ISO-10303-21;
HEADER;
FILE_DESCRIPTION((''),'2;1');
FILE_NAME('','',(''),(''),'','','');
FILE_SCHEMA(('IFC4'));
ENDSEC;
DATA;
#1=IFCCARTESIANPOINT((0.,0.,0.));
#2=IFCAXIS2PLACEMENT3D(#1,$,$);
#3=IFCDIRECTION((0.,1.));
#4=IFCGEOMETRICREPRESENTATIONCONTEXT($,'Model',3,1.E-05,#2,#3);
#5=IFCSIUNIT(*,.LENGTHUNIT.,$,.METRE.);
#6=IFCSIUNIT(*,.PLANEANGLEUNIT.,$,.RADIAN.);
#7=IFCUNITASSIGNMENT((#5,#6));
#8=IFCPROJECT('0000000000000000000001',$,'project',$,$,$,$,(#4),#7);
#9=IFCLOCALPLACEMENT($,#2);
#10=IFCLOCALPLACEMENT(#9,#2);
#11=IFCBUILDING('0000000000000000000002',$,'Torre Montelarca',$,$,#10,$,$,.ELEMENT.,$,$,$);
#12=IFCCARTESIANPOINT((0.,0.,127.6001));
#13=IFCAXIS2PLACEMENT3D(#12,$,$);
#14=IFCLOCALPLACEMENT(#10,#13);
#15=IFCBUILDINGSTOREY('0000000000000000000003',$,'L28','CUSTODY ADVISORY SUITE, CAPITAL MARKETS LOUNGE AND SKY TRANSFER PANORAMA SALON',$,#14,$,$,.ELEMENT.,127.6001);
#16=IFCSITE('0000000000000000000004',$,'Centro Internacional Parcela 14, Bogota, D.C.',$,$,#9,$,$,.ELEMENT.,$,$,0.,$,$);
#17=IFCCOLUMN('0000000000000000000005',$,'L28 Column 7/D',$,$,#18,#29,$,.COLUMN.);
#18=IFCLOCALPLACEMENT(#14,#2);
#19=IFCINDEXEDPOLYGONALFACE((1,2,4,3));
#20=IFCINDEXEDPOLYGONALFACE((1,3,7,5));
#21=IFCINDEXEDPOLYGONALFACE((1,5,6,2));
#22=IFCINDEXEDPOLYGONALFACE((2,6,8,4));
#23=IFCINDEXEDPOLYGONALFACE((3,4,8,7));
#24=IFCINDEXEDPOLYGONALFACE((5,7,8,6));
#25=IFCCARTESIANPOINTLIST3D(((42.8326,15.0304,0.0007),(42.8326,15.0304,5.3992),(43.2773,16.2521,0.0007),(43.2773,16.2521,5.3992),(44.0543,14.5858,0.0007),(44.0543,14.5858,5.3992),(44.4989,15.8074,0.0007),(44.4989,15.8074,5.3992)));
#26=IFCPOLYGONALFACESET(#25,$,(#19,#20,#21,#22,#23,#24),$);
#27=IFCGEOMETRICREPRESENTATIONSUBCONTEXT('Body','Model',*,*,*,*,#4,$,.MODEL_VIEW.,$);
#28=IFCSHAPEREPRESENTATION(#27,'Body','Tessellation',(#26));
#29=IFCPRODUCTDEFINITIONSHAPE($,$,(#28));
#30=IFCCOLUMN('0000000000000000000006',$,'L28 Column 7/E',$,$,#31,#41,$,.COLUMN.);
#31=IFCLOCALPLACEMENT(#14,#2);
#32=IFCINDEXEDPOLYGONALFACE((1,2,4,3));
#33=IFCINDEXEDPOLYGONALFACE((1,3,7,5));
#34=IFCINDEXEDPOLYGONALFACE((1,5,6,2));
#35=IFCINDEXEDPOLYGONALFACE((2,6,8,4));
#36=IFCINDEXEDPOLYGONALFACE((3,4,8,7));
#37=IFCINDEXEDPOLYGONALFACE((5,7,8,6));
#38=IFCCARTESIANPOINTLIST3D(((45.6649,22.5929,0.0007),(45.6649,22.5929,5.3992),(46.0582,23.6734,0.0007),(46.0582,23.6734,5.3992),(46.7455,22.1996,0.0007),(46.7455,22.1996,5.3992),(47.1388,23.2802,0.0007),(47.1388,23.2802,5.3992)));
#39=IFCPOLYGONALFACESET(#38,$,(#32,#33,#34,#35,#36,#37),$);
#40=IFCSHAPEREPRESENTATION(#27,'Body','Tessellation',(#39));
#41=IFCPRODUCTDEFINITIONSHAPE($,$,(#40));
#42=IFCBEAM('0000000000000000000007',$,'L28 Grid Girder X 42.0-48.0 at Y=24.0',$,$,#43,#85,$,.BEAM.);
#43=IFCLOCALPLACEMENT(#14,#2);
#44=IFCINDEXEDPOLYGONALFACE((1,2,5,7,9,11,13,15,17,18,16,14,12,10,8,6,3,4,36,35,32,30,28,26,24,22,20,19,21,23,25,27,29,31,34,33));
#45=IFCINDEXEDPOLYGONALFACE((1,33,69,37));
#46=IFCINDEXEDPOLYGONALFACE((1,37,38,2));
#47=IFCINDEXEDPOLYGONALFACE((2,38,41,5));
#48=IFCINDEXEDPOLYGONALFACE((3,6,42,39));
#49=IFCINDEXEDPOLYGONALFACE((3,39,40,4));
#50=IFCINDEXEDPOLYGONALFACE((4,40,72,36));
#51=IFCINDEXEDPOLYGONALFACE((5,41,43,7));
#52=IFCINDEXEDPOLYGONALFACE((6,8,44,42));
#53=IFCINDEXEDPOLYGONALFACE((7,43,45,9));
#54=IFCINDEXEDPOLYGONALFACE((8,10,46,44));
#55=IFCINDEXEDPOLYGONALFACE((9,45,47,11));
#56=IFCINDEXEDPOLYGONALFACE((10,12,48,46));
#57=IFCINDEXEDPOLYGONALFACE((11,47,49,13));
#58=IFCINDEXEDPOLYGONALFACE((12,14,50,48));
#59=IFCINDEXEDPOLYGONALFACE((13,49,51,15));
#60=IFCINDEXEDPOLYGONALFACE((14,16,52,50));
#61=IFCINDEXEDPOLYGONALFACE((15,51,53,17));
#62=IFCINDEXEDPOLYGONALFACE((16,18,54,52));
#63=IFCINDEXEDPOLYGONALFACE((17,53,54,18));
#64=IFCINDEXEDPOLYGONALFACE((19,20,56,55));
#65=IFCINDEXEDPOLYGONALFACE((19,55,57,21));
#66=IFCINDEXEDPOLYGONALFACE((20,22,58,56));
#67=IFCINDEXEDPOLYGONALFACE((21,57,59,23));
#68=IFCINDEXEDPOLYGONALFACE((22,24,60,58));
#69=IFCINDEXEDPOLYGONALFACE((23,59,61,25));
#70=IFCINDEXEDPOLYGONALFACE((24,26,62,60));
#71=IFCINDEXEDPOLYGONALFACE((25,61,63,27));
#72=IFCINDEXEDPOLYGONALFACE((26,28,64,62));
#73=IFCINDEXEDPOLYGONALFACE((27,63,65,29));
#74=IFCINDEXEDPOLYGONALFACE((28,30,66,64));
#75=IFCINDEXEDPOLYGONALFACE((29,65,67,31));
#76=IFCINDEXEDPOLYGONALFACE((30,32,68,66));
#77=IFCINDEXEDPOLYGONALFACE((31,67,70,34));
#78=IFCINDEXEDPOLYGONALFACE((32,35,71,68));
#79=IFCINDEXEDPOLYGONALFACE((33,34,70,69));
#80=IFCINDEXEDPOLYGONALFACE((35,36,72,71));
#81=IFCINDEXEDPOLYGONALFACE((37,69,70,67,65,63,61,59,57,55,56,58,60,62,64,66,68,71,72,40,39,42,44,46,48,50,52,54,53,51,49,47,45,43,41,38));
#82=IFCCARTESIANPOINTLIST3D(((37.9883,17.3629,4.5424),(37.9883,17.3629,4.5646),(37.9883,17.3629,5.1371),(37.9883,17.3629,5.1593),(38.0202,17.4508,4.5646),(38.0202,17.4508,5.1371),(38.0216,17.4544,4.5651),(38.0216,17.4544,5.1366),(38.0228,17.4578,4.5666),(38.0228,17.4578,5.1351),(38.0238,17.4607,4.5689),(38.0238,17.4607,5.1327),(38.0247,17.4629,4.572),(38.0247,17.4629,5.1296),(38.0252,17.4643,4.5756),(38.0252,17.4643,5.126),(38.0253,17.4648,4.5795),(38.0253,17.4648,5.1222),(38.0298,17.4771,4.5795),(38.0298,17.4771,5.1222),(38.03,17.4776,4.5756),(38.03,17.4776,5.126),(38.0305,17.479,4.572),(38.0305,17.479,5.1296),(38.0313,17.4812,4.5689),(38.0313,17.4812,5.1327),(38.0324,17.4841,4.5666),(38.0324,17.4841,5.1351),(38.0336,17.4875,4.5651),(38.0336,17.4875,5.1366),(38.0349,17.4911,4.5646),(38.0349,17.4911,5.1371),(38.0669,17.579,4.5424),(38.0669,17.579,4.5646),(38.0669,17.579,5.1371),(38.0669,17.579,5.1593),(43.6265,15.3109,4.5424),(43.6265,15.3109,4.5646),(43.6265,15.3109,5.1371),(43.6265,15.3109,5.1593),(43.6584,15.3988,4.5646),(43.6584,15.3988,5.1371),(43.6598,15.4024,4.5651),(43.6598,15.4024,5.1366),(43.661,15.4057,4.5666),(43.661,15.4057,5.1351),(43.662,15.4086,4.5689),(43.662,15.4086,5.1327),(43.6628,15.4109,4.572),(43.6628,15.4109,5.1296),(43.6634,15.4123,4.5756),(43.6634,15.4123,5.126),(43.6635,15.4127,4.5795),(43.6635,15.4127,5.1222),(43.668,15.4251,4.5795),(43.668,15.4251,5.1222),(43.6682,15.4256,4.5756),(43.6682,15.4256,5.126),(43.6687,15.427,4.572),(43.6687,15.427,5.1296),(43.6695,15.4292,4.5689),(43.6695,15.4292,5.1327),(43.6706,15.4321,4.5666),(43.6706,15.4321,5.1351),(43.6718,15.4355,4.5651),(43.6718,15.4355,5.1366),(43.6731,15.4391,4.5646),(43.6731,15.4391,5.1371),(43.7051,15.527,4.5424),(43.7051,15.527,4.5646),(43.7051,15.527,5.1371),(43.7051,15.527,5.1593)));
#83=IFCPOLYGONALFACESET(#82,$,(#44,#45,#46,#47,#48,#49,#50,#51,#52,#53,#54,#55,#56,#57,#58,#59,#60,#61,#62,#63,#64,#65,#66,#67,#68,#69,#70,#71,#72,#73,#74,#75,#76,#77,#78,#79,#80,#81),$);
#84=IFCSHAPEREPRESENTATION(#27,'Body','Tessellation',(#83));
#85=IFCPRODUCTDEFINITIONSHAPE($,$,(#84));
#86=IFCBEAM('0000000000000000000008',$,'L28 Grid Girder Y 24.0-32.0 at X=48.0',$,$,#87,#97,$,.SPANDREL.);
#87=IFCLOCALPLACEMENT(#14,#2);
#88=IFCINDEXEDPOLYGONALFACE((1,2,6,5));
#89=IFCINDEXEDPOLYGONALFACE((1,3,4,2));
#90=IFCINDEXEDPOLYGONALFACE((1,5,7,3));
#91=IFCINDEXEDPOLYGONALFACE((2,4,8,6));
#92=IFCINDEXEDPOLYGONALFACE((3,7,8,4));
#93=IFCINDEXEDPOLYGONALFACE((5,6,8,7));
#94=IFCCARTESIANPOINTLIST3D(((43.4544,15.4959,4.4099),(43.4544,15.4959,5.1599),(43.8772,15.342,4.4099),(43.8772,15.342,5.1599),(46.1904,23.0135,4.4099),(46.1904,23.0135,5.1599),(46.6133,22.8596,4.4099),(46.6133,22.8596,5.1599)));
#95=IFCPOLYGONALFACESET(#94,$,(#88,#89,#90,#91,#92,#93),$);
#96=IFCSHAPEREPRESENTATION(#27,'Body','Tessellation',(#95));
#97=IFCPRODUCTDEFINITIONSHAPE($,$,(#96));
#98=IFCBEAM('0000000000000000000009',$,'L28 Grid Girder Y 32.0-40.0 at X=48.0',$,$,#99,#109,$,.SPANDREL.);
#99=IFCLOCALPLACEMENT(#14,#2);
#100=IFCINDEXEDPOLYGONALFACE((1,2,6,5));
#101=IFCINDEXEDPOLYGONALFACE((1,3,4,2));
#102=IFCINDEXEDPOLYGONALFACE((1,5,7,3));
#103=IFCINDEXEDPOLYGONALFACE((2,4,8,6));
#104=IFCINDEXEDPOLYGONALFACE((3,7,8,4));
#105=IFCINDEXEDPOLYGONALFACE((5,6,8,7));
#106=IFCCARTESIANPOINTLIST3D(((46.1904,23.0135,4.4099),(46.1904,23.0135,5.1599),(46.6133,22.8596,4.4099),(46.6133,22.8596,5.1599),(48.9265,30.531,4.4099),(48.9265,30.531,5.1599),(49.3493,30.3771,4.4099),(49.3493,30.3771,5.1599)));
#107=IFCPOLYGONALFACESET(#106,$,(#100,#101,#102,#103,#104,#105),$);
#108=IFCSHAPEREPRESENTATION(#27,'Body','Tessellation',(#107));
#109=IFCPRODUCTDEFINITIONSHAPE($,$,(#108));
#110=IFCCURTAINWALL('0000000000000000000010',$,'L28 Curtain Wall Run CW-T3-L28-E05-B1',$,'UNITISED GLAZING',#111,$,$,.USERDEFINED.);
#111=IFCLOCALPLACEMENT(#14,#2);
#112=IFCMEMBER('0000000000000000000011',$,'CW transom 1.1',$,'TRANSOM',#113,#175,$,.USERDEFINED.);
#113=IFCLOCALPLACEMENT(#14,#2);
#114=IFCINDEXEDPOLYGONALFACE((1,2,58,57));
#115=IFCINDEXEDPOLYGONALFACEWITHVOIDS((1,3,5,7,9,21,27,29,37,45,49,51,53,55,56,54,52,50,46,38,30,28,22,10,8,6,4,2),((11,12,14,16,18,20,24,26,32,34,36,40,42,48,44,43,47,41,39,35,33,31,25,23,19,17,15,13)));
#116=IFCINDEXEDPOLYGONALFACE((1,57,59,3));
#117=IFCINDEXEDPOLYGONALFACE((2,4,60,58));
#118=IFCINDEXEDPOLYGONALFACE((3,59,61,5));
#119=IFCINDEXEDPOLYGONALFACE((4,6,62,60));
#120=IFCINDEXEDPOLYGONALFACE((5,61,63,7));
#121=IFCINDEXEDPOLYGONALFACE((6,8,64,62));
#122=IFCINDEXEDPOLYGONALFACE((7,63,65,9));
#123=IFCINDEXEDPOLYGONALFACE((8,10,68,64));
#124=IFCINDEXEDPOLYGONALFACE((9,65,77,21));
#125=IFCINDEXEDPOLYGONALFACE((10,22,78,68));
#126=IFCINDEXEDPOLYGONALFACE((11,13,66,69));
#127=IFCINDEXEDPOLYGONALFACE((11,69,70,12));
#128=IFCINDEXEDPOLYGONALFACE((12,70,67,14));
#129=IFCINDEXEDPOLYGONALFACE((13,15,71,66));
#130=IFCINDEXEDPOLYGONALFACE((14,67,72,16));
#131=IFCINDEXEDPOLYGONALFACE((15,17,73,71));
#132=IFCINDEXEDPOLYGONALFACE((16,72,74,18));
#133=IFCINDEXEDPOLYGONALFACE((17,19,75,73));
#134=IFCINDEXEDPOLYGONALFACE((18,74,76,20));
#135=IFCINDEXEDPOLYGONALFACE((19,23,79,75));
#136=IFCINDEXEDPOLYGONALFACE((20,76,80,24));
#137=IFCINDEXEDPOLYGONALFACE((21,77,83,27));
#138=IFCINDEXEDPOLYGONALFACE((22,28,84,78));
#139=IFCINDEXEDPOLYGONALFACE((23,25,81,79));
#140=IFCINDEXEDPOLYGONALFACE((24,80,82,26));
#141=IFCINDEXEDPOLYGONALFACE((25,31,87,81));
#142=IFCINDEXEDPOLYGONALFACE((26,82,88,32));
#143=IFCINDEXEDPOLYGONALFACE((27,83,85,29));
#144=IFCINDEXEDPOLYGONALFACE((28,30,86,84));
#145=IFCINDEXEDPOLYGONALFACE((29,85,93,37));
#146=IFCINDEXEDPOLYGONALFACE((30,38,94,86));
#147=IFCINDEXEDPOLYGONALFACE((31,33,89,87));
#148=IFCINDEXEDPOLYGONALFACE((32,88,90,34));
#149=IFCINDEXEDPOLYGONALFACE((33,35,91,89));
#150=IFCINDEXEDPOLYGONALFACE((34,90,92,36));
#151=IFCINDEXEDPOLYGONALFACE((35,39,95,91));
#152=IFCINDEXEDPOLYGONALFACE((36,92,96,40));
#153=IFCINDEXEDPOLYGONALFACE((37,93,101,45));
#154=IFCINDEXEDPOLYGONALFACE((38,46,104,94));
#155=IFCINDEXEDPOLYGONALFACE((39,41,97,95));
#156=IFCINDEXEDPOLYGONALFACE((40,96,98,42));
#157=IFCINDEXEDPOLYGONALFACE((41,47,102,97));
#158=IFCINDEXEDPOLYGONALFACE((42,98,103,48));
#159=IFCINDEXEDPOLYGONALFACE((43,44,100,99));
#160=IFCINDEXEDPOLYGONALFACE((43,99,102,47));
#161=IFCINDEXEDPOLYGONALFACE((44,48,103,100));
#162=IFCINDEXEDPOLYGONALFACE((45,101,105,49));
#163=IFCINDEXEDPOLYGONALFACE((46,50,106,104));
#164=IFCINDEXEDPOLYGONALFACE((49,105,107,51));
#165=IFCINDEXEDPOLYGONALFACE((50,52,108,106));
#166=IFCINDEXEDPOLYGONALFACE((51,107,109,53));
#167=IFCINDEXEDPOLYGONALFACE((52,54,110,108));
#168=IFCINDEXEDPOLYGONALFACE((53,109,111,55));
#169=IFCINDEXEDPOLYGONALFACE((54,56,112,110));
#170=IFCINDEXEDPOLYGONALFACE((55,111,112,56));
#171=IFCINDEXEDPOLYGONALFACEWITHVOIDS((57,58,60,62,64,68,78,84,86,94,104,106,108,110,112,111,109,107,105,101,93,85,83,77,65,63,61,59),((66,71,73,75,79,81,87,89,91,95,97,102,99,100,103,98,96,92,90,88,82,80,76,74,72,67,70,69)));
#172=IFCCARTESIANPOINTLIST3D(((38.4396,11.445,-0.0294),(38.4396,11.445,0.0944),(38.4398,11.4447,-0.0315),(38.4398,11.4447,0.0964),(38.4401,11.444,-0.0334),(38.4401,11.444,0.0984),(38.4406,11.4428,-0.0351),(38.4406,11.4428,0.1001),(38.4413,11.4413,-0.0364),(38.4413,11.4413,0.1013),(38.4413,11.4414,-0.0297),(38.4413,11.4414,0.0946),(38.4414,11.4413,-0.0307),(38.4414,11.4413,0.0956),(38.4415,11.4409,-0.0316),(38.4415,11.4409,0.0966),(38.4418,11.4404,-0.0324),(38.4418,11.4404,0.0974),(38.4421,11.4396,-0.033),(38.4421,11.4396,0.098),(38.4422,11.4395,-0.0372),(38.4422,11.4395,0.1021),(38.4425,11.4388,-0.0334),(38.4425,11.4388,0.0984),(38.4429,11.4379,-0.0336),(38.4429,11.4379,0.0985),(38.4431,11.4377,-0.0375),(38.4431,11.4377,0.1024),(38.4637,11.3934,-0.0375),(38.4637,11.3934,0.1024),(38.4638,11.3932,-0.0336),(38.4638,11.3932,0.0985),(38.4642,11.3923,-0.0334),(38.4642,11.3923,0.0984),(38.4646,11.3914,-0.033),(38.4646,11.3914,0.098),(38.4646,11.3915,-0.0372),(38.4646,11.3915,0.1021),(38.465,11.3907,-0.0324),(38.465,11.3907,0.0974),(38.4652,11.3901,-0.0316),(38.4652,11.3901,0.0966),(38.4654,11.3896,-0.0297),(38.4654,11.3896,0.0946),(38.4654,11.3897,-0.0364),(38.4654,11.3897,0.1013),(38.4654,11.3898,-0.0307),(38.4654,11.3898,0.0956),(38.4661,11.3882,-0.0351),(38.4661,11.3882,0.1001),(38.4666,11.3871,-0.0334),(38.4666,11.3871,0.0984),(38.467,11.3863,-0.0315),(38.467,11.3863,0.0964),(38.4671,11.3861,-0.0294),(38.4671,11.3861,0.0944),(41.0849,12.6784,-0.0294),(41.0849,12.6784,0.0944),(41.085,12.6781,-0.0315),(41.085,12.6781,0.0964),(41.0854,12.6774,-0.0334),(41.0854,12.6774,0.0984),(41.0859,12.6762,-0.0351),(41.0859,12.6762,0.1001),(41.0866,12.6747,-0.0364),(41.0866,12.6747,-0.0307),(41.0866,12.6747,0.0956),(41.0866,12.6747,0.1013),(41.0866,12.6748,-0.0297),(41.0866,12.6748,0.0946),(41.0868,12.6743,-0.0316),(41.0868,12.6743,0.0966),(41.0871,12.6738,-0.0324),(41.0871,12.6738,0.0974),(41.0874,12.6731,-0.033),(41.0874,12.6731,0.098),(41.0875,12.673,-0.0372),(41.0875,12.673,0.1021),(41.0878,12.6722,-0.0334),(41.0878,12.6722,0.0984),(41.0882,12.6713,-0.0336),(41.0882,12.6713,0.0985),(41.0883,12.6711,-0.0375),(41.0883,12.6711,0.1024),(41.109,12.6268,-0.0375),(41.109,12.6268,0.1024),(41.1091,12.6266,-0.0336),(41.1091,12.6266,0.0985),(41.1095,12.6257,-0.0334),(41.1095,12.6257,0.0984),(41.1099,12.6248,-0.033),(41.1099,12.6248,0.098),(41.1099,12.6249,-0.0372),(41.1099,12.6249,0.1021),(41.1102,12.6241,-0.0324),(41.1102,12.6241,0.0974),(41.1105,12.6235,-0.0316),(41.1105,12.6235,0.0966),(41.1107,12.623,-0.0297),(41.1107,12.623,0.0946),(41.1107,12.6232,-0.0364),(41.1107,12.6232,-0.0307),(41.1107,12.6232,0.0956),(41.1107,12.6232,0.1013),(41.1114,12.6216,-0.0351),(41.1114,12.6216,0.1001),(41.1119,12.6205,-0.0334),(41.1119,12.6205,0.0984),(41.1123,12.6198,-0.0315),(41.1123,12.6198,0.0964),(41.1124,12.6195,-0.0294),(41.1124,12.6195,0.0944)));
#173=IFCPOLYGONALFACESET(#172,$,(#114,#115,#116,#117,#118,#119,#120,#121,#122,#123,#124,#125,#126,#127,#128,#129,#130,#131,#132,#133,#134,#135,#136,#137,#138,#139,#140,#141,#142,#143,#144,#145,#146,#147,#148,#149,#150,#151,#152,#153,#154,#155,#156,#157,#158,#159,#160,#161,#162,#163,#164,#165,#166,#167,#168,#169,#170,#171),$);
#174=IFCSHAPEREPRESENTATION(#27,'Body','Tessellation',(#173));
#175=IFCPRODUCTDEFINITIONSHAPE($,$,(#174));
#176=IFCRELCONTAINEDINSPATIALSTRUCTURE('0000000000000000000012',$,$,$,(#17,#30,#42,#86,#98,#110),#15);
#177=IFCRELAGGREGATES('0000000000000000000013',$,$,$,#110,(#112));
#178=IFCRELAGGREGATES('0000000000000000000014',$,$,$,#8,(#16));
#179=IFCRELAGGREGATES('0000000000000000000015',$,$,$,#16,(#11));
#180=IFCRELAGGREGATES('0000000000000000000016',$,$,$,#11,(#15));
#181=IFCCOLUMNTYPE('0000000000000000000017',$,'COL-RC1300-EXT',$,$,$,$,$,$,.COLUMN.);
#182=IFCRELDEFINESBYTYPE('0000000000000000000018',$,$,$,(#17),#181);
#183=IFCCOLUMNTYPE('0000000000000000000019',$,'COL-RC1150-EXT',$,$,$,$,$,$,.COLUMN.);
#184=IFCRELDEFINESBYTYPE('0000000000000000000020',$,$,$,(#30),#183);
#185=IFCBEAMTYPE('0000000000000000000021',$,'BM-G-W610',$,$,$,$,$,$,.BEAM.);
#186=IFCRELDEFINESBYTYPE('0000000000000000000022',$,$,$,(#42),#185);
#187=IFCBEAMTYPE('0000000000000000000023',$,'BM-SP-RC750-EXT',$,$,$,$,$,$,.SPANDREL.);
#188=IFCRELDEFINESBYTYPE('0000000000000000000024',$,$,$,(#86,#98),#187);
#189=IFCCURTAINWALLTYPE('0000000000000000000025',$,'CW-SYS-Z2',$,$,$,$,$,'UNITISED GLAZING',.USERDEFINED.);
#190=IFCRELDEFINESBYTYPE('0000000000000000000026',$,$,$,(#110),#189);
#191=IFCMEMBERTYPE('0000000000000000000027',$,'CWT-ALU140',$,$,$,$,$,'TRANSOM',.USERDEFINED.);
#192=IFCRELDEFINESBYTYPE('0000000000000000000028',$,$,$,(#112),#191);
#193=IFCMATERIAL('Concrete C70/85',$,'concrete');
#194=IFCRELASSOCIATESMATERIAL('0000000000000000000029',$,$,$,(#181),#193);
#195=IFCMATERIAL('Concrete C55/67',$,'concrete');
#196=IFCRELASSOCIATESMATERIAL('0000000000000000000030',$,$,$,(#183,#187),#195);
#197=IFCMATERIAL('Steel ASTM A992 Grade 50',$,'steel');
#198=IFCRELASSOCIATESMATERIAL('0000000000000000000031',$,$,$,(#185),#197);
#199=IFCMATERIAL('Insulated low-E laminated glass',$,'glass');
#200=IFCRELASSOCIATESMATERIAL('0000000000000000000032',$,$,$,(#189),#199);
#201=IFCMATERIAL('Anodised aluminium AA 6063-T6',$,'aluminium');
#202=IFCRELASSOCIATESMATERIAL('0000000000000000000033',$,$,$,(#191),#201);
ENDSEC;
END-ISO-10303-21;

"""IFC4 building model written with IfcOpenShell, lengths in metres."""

from ifc_helpers import new_model, si_unit, direction, frame, origin, origin_2d, place, context, subcontext, project, spatial, rectangle, hollow_rectangle, i_section, extrude, source, transform, mapped, material, material_profile, profile_set, type_object, element, aggregate, save


model = new_model("IFC4")

# Units and contexts
model_context = context("Model", 3, precision=1e-05, world=origin(), true_north=direction((0.0, 1.0)))
body_context = subcontext(model_context, "Body", "Model", "MODEL_VIEW")
ifc_project = project(units=[si_unit("LENGTHUNIT", "METRE"), si_unit("PLANEANGLEUNIT", "RADIAN")], contexts=[model_context])

# Site, building, storey
site_placement = place(None, origin())
site = spatial("IfcSite", under=ifc_project, at=site_placement, Name="Centro Internacional Parcela 14, Bogota, D.C.", CompositionType="ELEMENT", RefElevation=0.0)
building_placement = place(site_placement, origin())
building = spatial("IfcBuilding", under=site, at=building_placement, Name="Torre Montelarca", CompositionType="ELEMENT")
storey_placement = place(building_placement, frame((0.0, 0.0, 127.6001)))
storey = spatial("IfcBuildingStorey", under=building, at=storey_placement, Name="L28", Description="CUSTODY ADVISORY SUITE, CAPITAL MARKETS LOUNGE AND SKY TRANSFER PANORAMA SALON", CompositionType="ELEMENT", Elevation=127.6001)

# Columns
ifc_material_1 = material(Name="Concrete C70/85", Category="concrete")
ifc_material_profile_1 = material_profile(ifc_material_1, rectangle(XDim=1.3, YDim=1.3, at=origin_2d()), Name="RC1300X1300", Category="concrete")
ifc_profile_set_1 = profile_set([ifc_material_profile_1], Name="Concrete C70/85")
column_type_1 = type_object("IfcColumnType", Name="COL-RC1300-EXT", PredefinedType="COLUMN", material=ifc_profile_set_1)
shared_shape_1 = source(origin(), body_context, "Body", "SweptSolid", [
    extrude(rectangle(XDim=1.3, YDim=1.3, at=origin_2d()), origin(), (0.0, 0.0, 1.0), 5.3984),
])
column_1_placement = place(storey_placement, frame((43.6658, 15.4189, 0.0007), z_axis=(0.0, 0.0, 1.0), x_axis=(-0.939693, 0.34202, 0.0)))
element("IfcColumn", 1, at=column_1_placement, inside=storey, type_object=column_type_1, Name="L28 Column 7/D", PredefinedType="COLUMN", context=body_context, shape_type="MappedRepresentation", body=[
    mapped(shared_shape_1, transform((0.0, 0.0, 0.0), scale=1.0)),
])
ifc_material_2 = material(Name="Concrete C55/67", Category="concrete")
ifc_material_profile_2 = material_profile(ifc_material_2, rectangle(XDim=1.1499, YDim=1.1499, at=origin_2d()), Name="RC1150X1150", Category="concrete")
ifc_profile_set_2 = profile_set([ifc_material_profile_2], Name="Concrete C55/67")
column_type_2 = type_object("IfcColumnType", Name="COL-RC1150-EXT", PredefinedType="COLUMN", material=ifc_profile_set_2)
shared_shape_2 = source(origin(), body_context, "Body", "SweptSolid", [
    extrude(rectangle(XDim=1.1499, YDim=1.1499, at=origin_2d()), origin(), (0.0, 0.0, 1.0), 5.3984),
])
column_2_placement = place(storey_placement, frame((46.4019, 22.9365, 0.0007), z_axis=(0.0, 0.0, 1.0), x_axis=(-0.939693, 0.34202, 0.0)))
element("IfcColumn", 2, at=column_2_placement, inside=storey, type_object=column_type_2, Name="L28 Column 7/E", PredefinedType="COLUMN", context=body_context, shape_type="MappedRepresentation", body=[
    mapped(shared_shape_2, transform((0.0, 0.0, 0.0), scale=1.0)),
])

# Beams
ifc_material_3 = material(Name="Steel ASTM A992 Grade 50", Category="steel")
ifc_material_profile_3 = material_profile(ifc_material_3, i_section(OverallWidth=0.23, OverallDepth=0.6169, WebThickness=0.0132, FlangeThickness=0.0222, FilletRadius=0.0149, at=origin_2d()), Name="W610X140", Category="steel")
ifc_profile_set_3 = profile_set([ifc_material_profile_3], Name="Steel ASTM A992 Grade 50")
beam_type_1 = type_object("IfcBeamType", Name="BM-G-W610", PredefinedType="BEAM", material=ifc_profile_set_3)
shared_shape_3 = source(origin(), body_context, "Body", "SweptSolid", [
    extrude(i_section(OverallWidth=0.23, OverallDepth=0.6169, WebThickness=0.0132, FlangeThickness=0.0222, FilletRadius=0.0149, at=origin_2d()), origin(), (0.0, 0.0, 1.0), 6.0),
])
beam_placement = place(storey_placement, frame((38.0276, 17.4709, 4.8508), z_axis=(0.9397, -0.342001, 0.0), x_axis=(0.342001, 0.9397, 0.0)))
element("IfcBeam", 3, at=beam_placement, inside=storey, type_object=beam_type_1, Name="L28 Grid Girder X 42.0-48.0 at Y=24.0", PredefinedType="BEAM", context=body_context, shape_type="MappedRepresentation", body=[
    mapped(shared_shape_3, transform((0.0, 0.0, 0.0), scale=1.0)),
])
ifc_material_profile_4 = material_profile(ifc_material_2, rectangle(XDim=0.45, YDim=0.75, at=origin_2d()), Name="RCB450X750", Category="concrete")
ifc_profile_set_4 = profile_set([ifc_material_profile_4], Name="Concrete C55/67")
beam_type_2 = type_object("IfcBeamType", Name="BM-SP-RC750-EXT", PredefinedType="SPANDREL", material=ifc_profile_set_4)
shared_shape_4 = source(origin(), body_context, "Body", "SweptSolid", [
    extrude(rectangle(XDim=0.45, YDim=0.75, at=origin_2d()), origin(), (0.0, 0.0, 1.0), 8.0),
])
for number, where, z_axis, x_axis, name in (
    (4, (43.6658, 15.4189, 4.7849), (0.34201, 0.939696, 0.0), (-0.939696, 0.34201, 0.0), "L28 Grid Girder Y 24.0-32.0 at X=48.0"),
    (5, (46.4019, 22.9365, 4.7849), (0.34201, 0.939696, 0.0), (-0.939696, 0.34201, 0.0), "L28 Grid Girder Y 32.0-40.0 at X=48.0"),
):
    element("IfcBeam", number, at=place(storey_placement, frame(where, z_axis=z_axis, x_axis=x_axis)), inside=storey, type_object=beam_type_2, Name=name, PredefinedType="SPANDREL", context=body_context, shape_type="MappedRepresentation", body=[
        mapped(shared_shape_4, transform((0.0, 0.0, 0.0), scale=1.0)),
    ])

# Curtain wall, member
ifc_material_4 = material(Name="Insulated low-E laminated glass", Category="glass")
curtain_wall_type = type_object("IfcCurtainWallType", Name="CW-SYS-Z2", ElementType="UNITISED GLAZING", PredefinedType="USERDEFINED", material=ifc_material_4)
curtain_wall_1_placement = place(storey_placement, origin())
curtain_wall_1 = element("IfcCurtainWall", 6, at=curtain_wall_1_placement, inside=storey, type_object=curtain_wall_type, Name="L28 Curtain Wall Run CW-T3-L28-E05-B1", ObjectType="UNITISED GLAZING", PredefinedType="USERDEFINED")
ifc_material_5 = material(Name="Anodised aluminium AA 6063-T6", Category="aluminium")
ifc_material_profile_5 = material_profile(ifc_material_5, hollow_rectangle(XDim=0.0649, YDim=0.1399, WallThickness=0.0039, InnerFilletRadius=0.0039, OuterFilletRadius=0.0081, at=origin_2d()), Name="ALU65X140X4", Category="aluminium")
ifc_profile_set_5 = profile_set([ifc_material_profile_5], Name="Anodised aluminium AA 6063-T6")
member_type_1 = type_object("IfcMemberType", Name="CWT-ALU140", ElementType="TRANSOM", PredefinedType="USERDEFINED", material=ifc_profile_set_5)
shared_shape_5 = source(origin(), body_context, "Body", "SweptSolid", [
    extrude(hollow_rectangle(XDim=0.0649, YDim=0.1399, WallThickness=0.0039, InnerFilletRadius=0.0039, OuterFilletRadius=0.0081, at=origin_2d()), origin(), (0.0, 0.0, 1.0), 2.9187),
])
member_1_placement = place(storey_placement, frame((38.4534, 11.4155, 0.0325), z_axis=(0.906322, 0.422588, 0.0), x_axis=(-0.422588, 0.906322, 0.0)))
member_1 = element("IfcMember", 7, at=member_1_placement, type_object=member_type_1, Name="CW transom 1.1", ObjectType="TRANSOM", PredefinedType="USERDEFINED", context=body_context, shape_type="MappedRepresentation", body=[
    mapped(shared_shape_5, transform((0.0, 0.0, 0.0), scale=1.0)),
])

aggregate(curtain_wall_1, [member_1])

save(model, "model.ifc")
